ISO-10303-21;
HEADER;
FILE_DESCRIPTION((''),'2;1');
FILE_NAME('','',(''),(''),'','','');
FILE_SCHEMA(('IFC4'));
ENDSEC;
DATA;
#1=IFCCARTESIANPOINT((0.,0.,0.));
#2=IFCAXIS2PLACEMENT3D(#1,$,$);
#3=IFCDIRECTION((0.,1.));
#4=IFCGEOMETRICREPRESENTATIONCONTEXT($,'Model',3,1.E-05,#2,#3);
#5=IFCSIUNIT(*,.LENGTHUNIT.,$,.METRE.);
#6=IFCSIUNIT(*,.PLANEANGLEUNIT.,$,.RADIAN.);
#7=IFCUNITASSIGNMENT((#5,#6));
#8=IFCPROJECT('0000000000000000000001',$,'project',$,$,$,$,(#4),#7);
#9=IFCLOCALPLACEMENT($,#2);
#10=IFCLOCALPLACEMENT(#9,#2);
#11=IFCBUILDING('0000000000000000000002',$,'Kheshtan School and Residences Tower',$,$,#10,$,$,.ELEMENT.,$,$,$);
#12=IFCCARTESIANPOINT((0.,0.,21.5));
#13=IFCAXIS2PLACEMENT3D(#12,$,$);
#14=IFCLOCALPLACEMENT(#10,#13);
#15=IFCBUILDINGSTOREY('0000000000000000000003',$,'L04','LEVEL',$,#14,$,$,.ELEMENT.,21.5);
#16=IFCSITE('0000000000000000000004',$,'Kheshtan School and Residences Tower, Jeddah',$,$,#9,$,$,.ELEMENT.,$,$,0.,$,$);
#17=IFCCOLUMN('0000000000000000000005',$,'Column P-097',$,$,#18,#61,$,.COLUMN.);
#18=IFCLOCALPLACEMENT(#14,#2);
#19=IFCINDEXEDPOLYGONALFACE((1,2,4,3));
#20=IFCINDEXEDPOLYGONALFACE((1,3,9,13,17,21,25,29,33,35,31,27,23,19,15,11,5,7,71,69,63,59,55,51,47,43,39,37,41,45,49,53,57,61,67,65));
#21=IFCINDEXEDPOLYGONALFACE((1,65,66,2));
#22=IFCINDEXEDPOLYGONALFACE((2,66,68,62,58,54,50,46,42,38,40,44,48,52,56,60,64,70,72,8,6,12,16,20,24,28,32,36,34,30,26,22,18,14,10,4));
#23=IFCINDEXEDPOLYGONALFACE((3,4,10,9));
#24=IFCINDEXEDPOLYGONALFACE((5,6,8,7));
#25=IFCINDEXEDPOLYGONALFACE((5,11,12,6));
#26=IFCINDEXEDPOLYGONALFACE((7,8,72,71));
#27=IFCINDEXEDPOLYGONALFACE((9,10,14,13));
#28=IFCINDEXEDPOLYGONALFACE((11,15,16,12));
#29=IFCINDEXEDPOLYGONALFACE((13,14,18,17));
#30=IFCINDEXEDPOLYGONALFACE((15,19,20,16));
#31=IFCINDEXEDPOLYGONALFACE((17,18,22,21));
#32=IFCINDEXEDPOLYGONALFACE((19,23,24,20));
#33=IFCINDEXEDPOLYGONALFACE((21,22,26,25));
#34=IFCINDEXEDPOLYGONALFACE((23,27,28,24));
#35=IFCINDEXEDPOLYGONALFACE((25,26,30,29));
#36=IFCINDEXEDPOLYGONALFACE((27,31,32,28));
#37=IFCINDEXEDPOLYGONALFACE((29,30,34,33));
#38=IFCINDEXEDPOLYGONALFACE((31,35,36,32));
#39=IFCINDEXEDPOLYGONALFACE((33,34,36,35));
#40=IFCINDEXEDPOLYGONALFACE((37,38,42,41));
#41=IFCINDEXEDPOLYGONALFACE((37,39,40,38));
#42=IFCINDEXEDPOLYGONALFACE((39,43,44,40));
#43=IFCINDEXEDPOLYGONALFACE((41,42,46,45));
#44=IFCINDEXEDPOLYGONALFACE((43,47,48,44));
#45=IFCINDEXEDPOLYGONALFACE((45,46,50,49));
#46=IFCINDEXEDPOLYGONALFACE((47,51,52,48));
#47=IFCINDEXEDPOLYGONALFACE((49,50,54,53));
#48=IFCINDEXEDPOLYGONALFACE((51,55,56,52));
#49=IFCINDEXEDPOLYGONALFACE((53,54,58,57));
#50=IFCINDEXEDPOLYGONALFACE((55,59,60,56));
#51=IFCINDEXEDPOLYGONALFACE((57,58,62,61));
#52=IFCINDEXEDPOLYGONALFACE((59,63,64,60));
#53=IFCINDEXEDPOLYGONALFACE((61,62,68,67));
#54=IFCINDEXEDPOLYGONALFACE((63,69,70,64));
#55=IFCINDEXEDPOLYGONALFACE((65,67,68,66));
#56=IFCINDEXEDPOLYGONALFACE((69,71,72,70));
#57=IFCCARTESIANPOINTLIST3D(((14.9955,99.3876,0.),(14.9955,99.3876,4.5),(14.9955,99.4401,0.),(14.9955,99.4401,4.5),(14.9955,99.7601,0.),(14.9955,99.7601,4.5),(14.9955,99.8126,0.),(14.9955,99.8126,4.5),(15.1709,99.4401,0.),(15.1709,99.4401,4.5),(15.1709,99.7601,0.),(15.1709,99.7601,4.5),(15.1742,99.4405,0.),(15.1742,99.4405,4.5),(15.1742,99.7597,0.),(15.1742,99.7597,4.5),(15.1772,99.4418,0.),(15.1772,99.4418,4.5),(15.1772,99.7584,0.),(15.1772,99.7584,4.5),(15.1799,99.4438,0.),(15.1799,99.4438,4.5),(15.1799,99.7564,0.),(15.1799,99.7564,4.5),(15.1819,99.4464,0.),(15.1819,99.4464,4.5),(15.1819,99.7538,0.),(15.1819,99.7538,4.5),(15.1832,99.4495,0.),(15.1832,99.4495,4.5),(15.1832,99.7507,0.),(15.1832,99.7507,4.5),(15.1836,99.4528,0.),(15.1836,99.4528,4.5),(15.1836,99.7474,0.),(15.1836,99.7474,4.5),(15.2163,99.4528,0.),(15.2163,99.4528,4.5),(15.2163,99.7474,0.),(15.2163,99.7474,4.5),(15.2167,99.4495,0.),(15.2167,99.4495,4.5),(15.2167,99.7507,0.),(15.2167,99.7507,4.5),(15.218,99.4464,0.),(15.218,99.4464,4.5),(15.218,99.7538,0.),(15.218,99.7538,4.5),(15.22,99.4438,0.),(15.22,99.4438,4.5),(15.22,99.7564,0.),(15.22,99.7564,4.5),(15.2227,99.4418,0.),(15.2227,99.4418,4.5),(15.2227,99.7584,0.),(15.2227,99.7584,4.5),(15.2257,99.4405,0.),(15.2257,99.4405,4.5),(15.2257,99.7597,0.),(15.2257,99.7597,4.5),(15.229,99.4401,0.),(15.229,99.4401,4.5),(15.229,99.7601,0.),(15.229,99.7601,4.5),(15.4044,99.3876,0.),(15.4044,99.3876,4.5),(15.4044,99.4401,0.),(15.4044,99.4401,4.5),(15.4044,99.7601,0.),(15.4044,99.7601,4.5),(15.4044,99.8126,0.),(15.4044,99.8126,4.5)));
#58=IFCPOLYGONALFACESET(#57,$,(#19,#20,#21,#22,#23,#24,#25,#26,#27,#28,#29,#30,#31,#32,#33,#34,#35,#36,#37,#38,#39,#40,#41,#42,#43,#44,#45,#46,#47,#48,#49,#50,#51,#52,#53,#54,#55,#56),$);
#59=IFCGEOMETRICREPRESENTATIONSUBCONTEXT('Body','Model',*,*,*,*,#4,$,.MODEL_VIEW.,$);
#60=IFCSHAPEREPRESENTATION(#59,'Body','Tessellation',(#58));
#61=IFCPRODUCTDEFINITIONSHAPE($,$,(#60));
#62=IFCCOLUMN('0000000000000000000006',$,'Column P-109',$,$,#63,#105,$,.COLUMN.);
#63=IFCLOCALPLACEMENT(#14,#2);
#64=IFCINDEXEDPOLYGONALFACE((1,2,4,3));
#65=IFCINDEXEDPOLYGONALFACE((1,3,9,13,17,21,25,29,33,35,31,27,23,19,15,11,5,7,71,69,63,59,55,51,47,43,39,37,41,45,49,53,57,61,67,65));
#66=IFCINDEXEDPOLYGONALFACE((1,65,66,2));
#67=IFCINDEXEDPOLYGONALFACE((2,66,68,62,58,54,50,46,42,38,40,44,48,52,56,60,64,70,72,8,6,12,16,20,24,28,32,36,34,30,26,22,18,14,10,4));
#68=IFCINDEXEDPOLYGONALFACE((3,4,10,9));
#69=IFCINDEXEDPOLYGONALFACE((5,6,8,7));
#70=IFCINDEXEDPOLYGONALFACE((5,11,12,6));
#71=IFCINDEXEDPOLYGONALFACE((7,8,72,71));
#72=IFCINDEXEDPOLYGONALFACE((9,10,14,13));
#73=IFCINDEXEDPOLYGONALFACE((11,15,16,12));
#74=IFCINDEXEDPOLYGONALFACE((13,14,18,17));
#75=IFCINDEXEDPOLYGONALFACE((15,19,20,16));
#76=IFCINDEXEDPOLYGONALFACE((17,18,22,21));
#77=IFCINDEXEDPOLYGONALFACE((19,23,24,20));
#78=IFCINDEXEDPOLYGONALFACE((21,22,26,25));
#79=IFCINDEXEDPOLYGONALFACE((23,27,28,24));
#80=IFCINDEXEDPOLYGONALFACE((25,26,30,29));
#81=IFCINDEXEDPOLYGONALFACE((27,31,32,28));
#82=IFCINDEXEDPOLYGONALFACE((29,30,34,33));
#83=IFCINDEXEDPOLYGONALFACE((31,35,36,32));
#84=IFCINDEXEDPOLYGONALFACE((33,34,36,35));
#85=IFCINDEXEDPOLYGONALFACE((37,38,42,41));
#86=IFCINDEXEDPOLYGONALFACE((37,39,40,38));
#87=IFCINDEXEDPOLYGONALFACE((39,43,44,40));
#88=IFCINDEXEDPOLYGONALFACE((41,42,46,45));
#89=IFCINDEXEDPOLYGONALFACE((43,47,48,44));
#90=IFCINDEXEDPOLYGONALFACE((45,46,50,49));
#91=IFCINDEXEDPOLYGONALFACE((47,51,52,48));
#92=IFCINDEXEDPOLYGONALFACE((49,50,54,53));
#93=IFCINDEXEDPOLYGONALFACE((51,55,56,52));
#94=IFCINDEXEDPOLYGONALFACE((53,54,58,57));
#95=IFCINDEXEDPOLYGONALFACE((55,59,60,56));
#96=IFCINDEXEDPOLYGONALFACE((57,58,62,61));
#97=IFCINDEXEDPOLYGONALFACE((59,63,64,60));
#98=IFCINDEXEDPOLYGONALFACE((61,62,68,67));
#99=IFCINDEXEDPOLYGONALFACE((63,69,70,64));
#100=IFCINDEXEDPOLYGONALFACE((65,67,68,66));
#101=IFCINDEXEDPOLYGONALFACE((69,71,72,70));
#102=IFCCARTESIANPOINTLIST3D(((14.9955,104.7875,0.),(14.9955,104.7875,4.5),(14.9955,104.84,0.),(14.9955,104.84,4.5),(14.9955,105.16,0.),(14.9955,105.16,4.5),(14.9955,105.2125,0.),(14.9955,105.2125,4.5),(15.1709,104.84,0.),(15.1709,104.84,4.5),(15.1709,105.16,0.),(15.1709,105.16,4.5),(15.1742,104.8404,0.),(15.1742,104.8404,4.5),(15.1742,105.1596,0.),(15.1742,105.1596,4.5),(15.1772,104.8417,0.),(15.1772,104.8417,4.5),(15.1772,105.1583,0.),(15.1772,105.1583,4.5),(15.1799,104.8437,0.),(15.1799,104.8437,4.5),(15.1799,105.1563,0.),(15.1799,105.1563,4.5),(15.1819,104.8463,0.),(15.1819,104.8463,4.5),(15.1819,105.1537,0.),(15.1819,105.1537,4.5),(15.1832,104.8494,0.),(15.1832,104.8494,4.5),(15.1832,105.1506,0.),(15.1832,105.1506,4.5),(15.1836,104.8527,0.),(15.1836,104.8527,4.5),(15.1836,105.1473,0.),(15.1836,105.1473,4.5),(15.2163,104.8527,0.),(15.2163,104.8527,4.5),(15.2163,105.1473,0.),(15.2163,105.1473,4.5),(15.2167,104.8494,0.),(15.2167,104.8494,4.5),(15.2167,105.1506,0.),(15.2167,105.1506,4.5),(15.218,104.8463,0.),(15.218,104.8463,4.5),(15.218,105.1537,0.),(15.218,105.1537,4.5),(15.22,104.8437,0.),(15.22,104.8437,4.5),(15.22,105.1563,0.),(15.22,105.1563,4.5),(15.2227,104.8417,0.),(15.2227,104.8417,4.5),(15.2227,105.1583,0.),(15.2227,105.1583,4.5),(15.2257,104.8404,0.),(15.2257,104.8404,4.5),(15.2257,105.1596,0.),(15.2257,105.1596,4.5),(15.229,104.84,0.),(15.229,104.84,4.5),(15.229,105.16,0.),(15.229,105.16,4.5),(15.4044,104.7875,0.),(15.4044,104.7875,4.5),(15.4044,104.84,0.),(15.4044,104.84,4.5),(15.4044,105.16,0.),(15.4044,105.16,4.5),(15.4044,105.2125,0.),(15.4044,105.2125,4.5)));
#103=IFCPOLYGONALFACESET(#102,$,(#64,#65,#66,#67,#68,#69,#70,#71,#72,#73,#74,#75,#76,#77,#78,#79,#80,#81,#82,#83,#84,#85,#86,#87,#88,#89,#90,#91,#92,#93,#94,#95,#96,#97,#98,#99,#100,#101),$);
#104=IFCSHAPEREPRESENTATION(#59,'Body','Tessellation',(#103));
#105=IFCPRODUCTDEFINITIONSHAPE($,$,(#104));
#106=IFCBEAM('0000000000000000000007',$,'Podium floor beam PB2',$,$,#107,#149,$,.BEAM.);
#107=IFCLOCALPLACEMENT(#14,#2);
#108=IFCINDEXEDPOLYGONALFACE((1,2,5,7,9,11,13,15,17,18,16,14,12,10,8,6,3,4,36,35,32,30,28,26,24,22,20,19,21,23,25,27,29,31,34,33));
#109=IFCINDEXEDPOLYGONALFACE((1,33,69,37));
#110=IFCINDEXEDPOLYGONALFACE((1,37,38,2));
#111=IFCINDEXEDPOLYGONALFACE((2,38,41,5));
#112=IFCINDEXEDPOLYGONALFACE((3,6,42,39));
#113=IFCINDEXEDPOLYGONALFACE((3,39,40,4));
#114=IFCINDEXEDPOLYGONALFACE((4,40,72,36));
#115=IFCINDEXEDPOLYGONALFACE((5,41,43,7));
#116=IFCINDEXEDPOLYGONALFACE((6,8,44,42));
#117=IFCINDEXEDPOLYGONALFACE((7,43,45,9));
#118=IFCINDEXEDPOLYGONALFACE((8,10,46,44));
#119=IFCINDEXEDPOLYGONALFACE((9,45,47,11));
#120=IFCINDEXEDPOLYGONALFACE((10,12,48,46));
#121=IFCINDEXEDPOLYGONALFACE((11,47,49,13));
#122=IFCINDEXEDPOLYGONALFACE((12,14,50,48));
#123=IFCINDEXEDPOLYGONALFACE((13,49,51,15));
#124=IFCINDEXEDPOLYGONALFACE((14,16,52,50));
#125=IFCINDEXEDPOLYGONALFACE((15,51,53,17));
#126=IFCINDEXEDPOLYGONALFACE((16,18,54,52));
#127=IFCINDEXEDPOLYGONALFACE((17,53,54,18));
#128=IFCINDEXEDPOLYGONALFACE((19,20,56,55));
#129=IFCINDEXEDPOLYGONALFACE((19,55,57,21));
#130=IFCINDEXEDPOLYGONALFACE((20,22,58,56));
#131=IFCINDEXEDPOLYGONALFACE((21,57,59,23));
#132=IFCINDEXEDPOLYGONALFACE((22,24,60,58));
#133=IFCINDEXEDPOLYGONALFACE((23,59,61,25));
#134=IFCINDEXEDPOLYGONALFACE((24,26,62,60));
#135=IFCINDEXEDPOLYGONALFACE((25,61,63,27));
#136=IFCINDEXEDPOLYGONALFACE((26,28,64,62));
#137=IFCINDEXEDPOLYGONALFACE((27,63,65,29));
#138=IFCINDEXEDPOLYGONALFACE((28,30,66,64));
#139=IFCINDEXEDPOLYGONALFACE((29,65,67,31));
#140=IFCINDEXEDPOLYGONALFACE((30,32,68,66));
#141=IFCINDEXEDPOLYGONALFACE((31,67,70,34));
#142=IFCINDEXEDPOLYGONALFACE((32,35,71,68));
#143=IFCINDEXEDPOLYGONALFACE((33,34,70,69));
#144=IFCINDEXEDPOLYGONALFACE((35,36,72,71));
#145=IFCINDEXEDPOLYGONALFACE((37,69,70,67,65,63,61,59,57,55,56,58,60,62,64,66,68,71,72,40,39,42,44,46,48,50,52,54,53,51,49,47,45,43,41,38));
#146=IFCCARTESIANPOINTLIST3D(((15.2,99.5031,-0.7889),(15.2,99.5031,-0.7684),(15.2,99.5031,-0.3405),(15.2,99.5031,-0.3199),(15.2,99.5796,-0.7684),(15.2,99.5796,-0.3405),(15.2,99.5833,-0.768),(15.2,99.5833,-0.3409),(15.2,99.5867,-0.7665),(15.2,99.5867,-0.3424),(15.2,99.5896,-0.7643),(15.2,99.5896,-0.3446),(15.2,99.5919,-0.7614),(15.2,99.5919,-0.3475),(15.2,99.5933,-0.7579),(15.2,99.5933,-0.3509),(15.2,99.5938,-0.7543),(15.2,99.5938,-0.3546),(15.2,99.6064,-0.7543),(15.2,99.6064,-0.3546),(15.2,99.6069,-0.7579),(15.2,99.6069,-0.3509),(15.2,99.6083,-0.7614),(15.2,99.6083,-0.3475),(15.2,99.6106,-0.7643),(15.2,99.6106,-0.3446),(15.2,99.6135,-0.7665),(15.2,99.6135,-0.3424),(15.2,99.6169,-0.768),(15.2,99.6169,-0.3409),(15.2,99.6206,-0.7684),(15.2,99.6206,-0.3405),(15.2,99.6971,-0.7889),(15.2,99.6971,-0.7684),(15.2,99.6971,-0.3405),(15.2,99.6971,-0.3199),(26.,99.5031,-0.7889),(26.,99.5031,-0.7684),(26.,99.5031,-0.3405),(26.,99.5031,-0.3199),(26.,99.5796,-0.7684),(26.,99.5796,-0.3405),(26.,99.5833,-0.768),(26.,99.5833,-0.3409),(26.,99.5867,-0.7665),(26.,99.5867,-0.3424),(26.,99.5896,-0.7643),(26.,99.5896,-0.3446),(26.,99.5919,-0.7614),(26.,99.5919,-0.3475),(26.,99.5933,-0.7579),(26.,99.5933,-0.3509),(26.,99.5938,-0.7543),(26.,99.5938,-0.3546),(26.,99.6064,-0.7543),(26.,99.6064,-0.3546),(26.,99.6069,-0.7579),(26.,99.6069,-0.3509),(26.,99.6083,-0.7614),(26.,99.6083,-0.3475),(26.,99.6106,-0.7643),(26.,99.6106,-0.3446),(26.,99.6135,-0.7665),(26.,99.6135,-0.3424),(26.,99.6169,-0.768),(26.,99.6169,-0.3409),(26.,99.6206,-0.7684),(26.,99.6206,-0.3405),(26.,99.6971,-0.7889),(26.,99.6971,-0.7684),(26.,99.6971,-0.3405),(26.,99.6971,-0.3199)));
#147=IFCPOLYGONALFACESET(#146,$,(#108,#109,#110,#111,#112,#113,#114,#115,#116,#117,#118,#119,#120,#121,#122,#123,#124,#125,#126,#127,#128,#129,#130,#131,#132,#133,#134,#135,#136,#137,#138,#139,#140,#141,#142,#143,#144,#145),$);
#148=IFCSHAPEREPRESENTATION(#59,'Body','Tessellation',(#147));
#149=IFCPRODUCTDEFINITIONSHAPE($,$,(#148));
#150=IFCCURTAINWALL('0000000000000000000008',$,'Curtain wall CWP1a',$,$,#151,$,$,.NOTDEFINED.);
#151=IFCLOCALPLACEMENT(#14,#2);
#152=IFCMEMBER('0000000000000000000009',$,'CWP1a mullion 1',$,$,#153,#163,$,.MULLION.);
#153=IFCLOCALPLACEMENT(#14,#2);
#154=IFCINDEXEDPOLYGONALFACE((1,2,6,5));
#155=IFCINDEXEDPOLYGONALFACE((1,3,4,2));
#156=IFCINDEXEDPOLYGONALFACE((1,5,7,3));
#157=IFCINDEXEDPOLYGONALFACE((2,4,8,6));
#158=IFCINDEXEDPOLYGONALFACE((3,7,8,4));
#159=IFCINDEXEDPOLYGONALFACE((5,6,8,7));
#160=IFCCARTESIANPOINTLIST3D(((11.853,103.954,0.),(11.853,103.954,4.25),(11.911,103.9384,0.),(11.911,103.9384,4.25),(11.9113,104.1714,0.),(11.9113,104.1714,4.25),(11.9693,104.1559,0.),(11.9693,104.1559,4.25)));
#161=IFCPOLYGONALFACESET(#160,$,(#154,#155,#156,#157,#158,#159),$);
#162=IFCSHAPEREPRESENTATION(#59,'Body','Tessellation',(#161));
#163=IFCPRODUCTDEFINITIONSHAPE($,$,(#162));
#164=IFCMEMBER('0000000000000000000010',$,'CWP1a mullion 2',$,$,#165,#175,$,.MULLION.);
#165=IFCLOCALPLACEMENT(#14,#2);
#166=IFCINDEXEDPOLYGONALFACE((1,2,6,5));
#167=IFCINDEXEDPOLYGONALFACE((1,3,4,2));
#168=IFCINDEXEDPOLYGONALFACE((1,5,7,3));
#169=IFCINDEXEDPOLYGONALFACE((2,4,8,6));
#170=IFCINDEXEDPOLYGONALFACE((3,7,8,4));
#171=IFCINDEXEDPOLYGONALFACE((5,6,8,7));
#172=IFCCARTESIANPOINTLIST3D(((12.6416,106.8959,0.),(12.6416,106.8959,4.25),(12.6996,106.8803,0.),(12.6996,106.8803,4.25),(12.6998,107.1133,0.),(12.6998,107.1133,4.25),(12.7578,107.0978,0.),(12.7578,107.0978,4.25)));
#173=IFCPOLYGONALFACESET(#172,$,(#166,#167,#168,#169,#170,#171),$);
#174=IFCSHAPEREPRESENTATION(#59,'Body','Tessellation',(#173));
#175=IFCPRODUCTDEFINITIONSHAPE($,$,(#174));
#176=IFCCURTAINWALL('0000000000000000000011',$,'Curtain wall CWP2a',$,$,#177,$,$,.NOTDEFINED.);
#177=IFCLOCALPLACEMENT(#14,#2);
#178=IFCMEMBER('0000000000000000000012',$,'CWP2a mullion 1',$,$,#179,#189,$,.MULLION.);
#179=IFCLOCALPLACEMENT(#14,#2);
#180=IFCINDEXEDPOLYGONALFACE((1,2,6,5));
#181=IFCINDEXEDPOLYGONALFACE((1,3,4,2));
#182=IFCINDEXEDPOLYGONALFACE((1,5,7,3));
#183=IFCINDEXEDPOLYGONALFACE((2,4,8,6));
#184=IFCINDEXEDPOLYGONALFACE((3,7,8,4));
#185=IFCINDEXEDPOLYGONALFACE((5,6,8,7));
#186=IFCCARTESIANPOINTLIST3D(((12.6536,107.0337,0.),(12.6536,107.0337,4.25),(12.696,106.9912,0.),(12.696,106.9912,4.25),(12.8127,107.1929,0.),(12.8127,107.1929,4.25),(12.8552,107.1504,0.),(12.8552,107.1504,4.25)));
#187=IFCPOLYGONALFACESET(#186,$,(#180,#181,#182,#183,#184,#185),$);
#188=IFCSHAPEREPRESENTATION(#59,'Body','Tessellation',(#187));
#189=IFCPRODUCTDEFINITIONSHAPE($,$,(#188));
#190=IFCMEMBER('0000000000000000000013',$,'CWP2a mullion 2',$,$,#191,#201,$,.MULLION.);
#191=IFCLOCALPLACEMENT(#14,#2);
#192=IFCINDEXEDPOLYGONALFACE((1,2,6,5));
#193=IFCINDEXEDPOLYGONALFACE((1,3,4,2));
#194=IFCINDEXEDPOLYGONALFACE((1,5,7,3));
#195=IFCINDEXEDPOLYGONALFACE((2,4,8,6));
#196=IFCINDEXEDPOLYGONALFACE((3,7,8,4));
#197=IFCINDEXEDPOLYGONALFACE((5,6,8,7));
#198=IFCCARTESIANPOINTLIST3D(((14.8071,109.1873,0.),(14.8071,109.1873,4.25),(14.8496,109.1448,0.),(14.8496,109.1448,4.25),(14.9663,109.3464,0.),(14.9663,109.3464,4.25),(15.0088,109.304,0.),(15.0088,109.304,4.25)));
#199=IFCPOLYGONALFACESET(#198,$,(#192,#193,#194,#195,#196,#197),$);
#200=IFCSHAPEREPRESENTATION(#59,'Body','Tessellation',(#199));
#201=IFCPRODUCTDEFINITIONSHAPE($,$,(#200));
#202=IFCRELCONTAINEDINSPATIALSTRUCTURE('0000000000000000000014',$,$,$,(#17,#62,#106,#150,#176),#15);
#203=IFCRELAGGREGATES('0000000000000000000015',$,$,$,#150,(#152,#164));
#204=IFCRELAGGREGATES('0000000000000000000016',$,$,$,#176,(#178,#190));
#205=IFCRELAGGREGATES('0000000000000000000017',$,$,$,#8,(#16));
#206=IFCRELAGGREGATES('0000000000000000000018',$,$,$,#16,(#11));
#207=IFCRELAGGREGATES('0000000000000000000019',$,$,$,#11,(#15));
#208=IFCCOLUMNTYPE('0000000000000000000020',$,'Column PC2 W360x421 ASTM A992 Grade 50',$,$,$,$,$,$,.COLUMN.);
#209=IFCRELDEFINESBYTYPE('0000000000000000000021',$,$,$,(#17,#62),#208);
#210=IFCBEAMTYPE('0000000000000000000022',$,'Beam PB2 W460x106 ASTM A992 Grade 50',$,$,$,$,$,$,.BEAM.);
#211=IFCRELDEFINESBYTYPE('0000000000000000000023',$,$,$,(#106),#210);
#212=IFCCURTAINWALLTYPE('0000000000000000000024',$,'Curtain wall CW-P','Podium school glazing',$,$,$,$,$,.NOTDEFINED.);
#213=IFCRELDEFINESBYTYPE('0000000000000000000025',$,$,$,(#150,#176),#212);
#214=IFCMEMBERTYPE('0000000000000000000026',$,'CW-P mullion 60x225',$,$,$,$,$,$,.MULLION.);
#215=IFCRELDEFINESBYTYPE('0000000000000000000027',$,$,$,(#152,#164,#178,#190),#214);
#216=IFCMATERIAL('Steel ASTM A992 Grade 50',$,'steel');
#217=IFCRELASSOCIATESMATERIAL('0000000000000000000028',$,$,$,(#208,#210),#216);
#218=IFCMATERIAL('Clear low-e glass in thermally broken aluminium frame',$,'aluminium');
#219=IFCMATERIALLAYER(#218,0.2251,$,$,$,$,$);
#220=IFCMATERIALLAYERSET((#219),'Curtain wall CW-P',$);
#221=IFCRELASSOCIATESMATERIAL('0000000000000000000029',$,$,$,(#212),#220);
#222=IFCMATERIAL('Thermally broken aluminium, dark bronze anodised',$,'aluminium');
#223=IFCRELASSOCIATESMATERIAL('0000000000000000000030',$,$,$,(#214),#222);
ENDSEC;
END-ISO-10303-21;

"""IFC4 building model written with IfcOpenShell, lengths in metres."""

from ifc_helpers import new_model, si_unit, direction, frame, origin, origin_2d, place, context, subcontext, project, spatial, rectangle, i_section, extrude, material, layer, layer_set, material_profile, profile_set, type_object, element, aggregate, save


model = new_model("IFC4")

# Units and contexts
model_context = context("Model", 3, precision=1e-05, world=origin(), true_north=direction((0.0, 1.0)))
body_context = subcontext(model_context, "Body", "Model", "MODEL_VIEW")
ifc_project = project(units=[si_unit("LENGTHUNIT", "METRE"), si_unit("PLANEANGLEUNIT", "RADIAN")], contexts=[model_context])

# Site, building, storey
site_placement = place(None, origin())
site = spatial("IfcSite", under=ifc_project, at=site_placement, Name="Kheshtan School and Residences Tower, Jeddah", CompositionType="ELEMENT", RefElevation=0.0)
building_placement = place(site_placement, origin())
building = spatial("IfcBuilding", under=site, at=building_placement, Name="Kheshtan School and Residences Tower", CompositionType="ELEMENT")
storey_placement = place(building_placement, frame((0.0, 0.0, 21.5)))
storey = spatial("IfcBuildingStorey", under=building, at=storey_placement, Name="L04", Description="LEVEL", CompositionType="ELEMENT", Elevation=21.5)

# Columns
ifc_material_1 = material(Name="Steel ASTM A992 Grade 50", Category="steel")
ifc_material_profile_1 = material_profile(ifc_material_1, i_section(OverallWidth=0.4089, OverallDepth=0.425, WebThickness=0.0327, FlangeThickness=0.0525, FilletRadius=0.0127, at=origin_2d()), Name="W360x421")
ifc_profile_set_1 = profile_set([ifc_material_profile_1], Name="Steel ASTM A992 Grade 50")
column_type = type_object("IfcColumnType", Name="Column PC2 W360x421 ASTM A992 Grade 50", PredefinedType="COLUMN", material=ifc_profile_set_1)
for number, where, z_axis, x_axis, name in (
    (1, (15.2, 99.6001, 0.0), (0.0, 0.0, 1.0), (1.0, 0.0, 0.0), "Column P-097"),
    (2, (15.2, 105.0, 0.0), (0.0, 0.0, 1.0), (1.0, 0.0, 0.0), "Column P-109"),
):
    element("IfcColumn", number, at=place(storey_placement, frame(where, z_axis=z_axis, x_axis=x_axis)), inside=storey, type_object=column_type, Name=name, PredefinedType="COLUMN", context=body_context, shape_type="SweptSolid", body=[
        extrude(i_section(OverallWidth=0.4089, OverallDepth=0.425, WebThickness=0.0327, FlangeThickness=0.0525, FilletRadius=0.0127, at=origin_2d()), origin(), (0.0, 0.0, 1.0), 4.5),
    ])

# Beam
ifc_material_profile_2 = material_profile(ifc_material_1, i_section(OverallWidth=0.1941, OverallDepth=0.469, WebThickness=0.0127, FlangeThickness=0.0205, FilletRadius=0.0142, at=origin_2d()), Name="W460x106")
ifc_profile_set_2 = profile_set([ifc_material_profile_2], Name="Steel ASTM A992 Grade 50")
beam_type = type_object("IfcBeamType", Name="Beam PB2 W460x106 ASTM A992 Grade 50", PredefinedType="BEAM", material=ifc_profile_set_2)
beam_placement = place(storey_placement, frame((15.2, 99.6001, -0.5544), z_axis=(1.0, 0.0, 0.0), x_axis=(0.0, 1.0, 0.0)))
element("IfcBeam", 3, at=beam_placement, inside=storey, type_object=beam_type, Name="Podium floor beam PB2", PredefinedType="BEAM", context=body_context, shape_type="SweptSolid", body=[
    extrude(i_section(OverallWidth=0.1941, OverallDepth=0.469, WebThickness=0.0127, FlangeThickness=0.0205, FilletRadius=0.0142, at=origin_2d()), origin(), (0.0, 0.0, 1.0), 10.8),
])

# Curtain walls, members
ifc_material_2 = material(Name="Clear low-e glass in thermally broken aluminium frame", Category="aluminium")
ifc_layer_1 = layer(ifc_material_2, 0.2251)
ifc_layer_set_1 = layer_set([ifc_layer_1], Name="Curtain wall CW-P")
curtain_wall_type = type_object("IfcCurtainWallType", Name="Curtain wall CW-P", Description="Podium school glazing", PredefinedType="NOTDEFINED", material=ifc_layer_set_1)
curtain_wall_1_placement = place(storey_placement, origin())
curtain_wall_1 = element("IfcCurtainWall", 4, at=curtain_wall_1_placement, inside=storey, type_object=curtain_wall_type, Name="Curtain wall CWP1a", PredefinedType="NOTDEFINED")
ifc_material_3 = material(Name="Thermally broken aluminium, dark bronze anodised", Category="aluminium")
ifc_material_profile_3 = material_profile(ifc_material_3, rectangle(XDim=0.0601, YDim=0.2251, at=origin_2d()), Name="CW-P mullion 60x225")
ifc_profile_set_3 = profile_set([ifc_material_profile_3], Name="Thermally broken aluminium, dark bronze anodised")
member_type_1 = type_object("IfcMemberType", Name="CW-P mullion 60x225", PredefinedType="MULLION", material=ifc_profile_set_3)
member_1_placement = place(storey_placement, frame((11.9111, 104.0549, 0.0), z_axis=(0.0, 0.0, 1.0), x_axis=(-0.965914, 0.258865, 0.0)))
member_1 = element("IfcMember", 5, at=member_1_placement, type_object=member_type_1, Name="CWP1a mullion 1", PredefinedType="MULLION", context=body_context, shape_type="SweptSolid", body=[
    extrude(rectangle(XDim=0.0601, YDim=0.2251, at=origin_2d()), origin(), (0.0, 0.0, 1.0), 4.25),
])
member_2_placement = place(storey_placement, frame((12.6997, 106.9968, 0.0), z_axis=(0.0, 0.0, 1.0), x_axis=(-0.965914, 0.258865, 0.0)))
member_2 = element("IfcMember", 6, at=member_2_placement, type_object=member_type_1, Name="CWP1a mullion 2", PredefinedType="MULLION", context=body_context, shape_type="SweptSolid", body=[
    extrude(rectangle(XDim=0.0601, YDim=0.2251, at=origin_2d()), origin(), (0.0, 0.0, 1.0), 4.25),
])
curtain_wall_2_placement = place(storey_placement, origin())
curtain_wall_2 = element("IfcCurtainWall", 7, at=curtain_wall_2_placement, inside=storey, type_object=curtain_wall_type, Name="Curtain wall CWP2a", PredefinedType="NOTDEFINED")
member_3_placement = place(storey_placement, frame((12.7544, 107.092, 0.0), z_axis=(0.0, 0.0, 1.0), x_axis=(-0.707107, 0.707107, 0.0)))
member_3 = element("IfcMember", 8, at=member_3_placement, type_object=member_type_1, Name="CWP2a mullion 1", PredefinedType="MULLION", context=body_context, shape_type="SweptSolid", body=[
    extrude(rectangle(XDim=0.0601, YDim=0.2251, at=origin_2d()), origin(), (0.0, 0.0, 1.0), 4.25),
])
member_4_placement = place(storey_placement, frame((14.908, 109.2456, 0.0), z_axis=(0.0, 0.0, 1.0), x_axis=(-0.707107, 0.707107, 0.0)))
member_4 = element("IfcMember", 9, at=member_4_placement, type_object=member_type_1, Name="CWP2a mullion 2", PredefinedType="MULLION", context=body_context, shape_type="SweptSolid", body=[
    extrude(rectangle(XDim=0.0601, YDim=0.2251, at=origin_2d()), origin(), (0.0, 0.0, 1.0), 4.25),
])

aggregate(curtain_wall_1, [member_1, member_2])
aggregate(curtain_wall_2, [member_3, member_4])

save(model, "model.ifc")
